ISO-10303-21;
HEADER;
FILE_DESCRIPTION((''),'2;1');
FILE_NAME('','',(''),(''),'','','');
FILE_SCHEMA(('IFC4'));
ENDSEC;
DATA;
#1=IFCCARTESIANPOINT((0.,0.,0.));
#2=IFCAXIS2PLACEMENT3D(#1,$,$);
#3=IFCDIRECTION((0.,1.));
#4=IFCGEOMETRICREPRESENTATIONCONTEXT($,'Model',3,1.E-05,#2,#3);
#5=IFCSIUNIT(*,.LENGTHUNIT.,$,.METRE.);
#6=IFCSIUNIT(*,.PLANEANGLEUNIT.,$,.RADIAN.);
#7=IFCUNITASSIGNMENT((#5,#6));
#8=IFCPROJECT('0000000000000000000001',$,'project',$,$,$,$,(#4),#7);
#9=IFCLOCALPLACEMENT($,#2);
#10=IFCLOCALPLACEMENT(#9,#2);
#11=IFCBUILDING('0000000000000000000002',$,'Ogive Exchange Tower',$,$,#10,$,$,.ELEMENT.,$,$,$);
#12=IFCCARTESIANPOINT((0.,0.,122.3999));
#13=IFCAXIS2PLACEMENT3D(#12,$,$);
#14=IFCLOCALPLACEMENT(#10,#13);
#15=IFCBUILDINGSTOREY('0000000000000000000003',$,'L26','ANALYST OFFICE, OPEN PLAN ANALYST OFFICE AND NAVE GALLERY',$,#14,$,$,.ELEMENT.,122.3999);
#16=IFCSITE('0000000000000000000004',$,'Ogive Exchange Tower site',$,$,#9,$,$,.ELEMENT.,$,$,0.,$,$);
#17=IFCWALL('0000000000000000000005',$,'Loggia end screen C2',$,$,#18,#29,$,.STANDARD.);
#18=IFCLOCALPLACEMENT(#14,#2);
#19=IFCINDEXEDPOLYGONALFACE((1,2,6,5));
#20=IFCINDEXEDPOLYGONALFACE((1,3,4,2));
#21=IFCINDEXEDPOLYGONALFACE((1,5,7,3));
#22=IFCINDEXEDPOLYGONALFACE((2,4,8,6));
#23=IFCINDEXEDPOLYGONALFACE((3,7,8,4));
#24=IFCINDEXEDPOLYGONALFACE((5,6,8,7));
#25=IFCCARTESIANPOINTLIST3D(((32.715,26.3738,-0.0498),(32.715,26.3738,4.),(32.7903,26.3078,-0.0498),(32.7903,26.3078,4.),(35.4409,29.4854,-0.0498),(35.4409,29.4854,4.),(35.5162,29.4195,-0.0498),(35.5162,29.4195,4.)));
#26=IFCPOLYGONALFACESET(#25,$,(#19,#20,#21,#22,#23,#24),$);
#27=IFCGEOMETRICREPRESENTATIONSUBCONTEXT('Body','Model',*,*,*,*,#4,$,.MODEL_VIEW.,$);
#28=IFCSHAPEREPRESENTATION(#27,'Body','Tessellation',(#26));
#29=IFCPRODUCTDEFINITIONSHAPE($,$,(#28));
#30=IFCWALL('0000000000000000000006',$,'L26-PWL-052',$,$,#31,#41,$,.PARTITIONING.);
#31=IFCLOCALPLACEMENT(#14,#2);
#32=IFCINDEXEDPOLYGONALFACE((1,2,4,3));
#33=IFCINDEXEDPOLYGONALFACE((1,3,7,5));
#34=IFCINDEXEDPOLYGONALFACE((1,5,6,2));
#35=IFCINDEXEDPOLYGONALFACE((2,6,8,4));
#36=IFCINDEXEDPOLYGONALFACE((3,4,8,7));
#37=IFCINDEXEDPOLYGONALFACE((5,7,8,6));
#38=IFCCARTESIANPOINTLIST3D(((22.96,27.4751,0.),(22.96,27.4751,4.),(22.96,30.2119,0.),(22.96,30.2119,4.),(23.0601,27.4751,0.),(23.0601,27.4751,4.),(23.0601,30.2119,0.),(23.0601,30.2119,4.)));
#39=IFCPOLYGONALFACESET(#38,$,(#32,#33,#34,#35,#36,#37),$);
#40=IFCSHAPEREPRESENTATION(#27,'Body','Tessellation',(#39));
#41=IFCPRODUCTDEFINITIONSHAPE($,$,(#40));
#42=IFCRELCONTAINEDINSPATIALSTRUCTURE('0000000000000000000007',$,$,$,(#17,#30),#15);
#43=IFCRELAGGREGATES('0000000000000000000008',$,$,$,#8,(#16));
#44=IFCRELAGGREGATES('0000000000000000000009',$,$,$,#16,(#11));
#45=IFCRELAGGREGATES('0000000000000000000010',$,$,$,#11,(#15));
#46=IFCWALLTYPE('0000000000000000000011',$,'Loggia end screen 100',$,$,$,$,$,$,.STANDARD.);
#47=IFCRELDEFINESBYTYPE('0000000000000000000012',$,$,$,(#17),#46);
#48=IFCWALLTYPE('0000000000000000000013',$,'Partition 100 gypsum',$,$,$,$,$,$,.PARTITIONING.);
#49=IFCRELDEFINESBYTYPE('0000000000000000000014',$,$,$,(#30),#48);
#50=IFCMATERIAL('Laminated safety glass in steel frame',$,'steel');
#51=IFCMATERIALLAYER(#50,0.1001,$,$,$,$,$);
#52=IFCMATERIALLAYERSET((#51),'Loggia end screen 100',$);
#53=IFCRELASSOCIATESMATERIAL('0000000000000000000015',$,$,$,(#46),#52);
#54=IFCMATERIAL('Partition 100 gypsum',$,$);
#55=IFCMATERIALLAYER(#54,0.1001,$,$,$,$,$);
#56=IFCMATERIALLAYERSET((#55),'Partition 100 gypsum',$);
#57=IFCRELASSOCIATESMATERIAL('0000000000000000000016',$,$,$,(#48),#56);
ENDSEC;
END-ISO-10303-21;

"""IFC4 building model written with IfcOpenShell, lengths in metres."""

from ifc_helpers import new_model, si_unit, direction, frame, frame_2d, origin, place, context, subcontext, project, spatial, rectangle, extrude, material, layer, layer_set, type_object, element, save


model = new_model("IFC4")

# Units and contexts
model_context = context("Model", 3, precision=1e-05, world=origin(), true_north=direction((0.0, 1.0)))
body_context = subcontext(model_context, "Body", "Model", "MODEL_VIEW")
ifc_project = project(units=[si_unit("LENGTHUNIT", "METRE"), si_unit("PLANEANGLEUNIT", "RADIAN")], contexts=[model_context])

# Site, building, storey
site_placement = place(None, origin())
site = spatial("IfcSite", under=ifc_project, at=site_placement, Name="Ogive Exchange Tower site", CompositionType="ELEMENT", RefElevation=0.0)
building_placement = place(site_placement, origin())
building = spatial("IfcBuilding", under=site, at=building_placement, Name="Ogive Exchange Tower", CompositionType="ELEMENT")
storey_placement = place(building_placement, frame((0.0, 0.0, 122.3999)))
storey = spatial("IfcBuildingStorey", under=building, at=storey_placement, Name="L26", Description="ANALYST OFFICE, OPEN PLAN ANALYST OFFICE AND NAVE GALLERY", CompositionType="ELEMENT", Elevation=122.3999)

# Walls
ifc_material_1 = material(Name="Laminated safety glass in steel frame", Category="steel")
ifc_layer_1 = layer(ifc_material_1, 0.1001)
ifc_layer_set_1 = layer_set([ifc_layer_1], Name="Loggia end screen 100")
wall_type_1 = type_object("IfcWallType", Name="Loggia end screen 100", PredefinedType="STANDARD", material=ifc_layer_set_1)
wall_1_placement = place(storey_placement, frame((32.7527, 26.3408, -0.0498), z_axis=(0.0, 0.0, 1.0), x_axis=(0.658943, 0.752193, 0.0)))
element("IfcWall", 1, at=wall_1_placement, inside=storey, type_object=wall_type_1, Name="Loggia end screen C2", PredefinedType="STANDARD", context=body_context, shape_type="SweptSolid", body=[
    extrude(rectangle(XDim=4.1367, YDim=0.1001, at=frame_2d((2.0684, 0.0))), origin(), (0.0, 0.0, 1.0), 4.0498),
])
ifc_material_2 = material(Name="Partition 100 gypsum")
ifc_layer_2 = layer(ifc_material_2, 0.1001)
ifc_layer_set_2 = layer_set([ifc_layer_2], Name="Partition 100 gypsum")
wall_type_2 = type_object("IfcWallType", Name="Partition 100 gypsum", PredefinedType="PARTITIONING", material=ifc_layer_set_2)
wall_2_placement = place(storey_placement, frame((23.01, 30.2119, 0.0), z_axis=(0.0, 0.0, 1.0), x_axis=(0.0, -1.0, 0.0)))
element("IfcWall", 2, at=wall_2_placement, inside=storey, type_object=wall_type_2, Name="L26-PWL-052", PredefinedType="PARTITIONING", context=body_context, shape_type="SweptSolid", body=[
    extrude(rectangle(XDim=2.7368, YDim=0.1001, at=frame_2d((1.3684, 0.0))), origin(), (0.0, 0.0, 1.0), 4.0),
])

save(model, "model.ifc")
